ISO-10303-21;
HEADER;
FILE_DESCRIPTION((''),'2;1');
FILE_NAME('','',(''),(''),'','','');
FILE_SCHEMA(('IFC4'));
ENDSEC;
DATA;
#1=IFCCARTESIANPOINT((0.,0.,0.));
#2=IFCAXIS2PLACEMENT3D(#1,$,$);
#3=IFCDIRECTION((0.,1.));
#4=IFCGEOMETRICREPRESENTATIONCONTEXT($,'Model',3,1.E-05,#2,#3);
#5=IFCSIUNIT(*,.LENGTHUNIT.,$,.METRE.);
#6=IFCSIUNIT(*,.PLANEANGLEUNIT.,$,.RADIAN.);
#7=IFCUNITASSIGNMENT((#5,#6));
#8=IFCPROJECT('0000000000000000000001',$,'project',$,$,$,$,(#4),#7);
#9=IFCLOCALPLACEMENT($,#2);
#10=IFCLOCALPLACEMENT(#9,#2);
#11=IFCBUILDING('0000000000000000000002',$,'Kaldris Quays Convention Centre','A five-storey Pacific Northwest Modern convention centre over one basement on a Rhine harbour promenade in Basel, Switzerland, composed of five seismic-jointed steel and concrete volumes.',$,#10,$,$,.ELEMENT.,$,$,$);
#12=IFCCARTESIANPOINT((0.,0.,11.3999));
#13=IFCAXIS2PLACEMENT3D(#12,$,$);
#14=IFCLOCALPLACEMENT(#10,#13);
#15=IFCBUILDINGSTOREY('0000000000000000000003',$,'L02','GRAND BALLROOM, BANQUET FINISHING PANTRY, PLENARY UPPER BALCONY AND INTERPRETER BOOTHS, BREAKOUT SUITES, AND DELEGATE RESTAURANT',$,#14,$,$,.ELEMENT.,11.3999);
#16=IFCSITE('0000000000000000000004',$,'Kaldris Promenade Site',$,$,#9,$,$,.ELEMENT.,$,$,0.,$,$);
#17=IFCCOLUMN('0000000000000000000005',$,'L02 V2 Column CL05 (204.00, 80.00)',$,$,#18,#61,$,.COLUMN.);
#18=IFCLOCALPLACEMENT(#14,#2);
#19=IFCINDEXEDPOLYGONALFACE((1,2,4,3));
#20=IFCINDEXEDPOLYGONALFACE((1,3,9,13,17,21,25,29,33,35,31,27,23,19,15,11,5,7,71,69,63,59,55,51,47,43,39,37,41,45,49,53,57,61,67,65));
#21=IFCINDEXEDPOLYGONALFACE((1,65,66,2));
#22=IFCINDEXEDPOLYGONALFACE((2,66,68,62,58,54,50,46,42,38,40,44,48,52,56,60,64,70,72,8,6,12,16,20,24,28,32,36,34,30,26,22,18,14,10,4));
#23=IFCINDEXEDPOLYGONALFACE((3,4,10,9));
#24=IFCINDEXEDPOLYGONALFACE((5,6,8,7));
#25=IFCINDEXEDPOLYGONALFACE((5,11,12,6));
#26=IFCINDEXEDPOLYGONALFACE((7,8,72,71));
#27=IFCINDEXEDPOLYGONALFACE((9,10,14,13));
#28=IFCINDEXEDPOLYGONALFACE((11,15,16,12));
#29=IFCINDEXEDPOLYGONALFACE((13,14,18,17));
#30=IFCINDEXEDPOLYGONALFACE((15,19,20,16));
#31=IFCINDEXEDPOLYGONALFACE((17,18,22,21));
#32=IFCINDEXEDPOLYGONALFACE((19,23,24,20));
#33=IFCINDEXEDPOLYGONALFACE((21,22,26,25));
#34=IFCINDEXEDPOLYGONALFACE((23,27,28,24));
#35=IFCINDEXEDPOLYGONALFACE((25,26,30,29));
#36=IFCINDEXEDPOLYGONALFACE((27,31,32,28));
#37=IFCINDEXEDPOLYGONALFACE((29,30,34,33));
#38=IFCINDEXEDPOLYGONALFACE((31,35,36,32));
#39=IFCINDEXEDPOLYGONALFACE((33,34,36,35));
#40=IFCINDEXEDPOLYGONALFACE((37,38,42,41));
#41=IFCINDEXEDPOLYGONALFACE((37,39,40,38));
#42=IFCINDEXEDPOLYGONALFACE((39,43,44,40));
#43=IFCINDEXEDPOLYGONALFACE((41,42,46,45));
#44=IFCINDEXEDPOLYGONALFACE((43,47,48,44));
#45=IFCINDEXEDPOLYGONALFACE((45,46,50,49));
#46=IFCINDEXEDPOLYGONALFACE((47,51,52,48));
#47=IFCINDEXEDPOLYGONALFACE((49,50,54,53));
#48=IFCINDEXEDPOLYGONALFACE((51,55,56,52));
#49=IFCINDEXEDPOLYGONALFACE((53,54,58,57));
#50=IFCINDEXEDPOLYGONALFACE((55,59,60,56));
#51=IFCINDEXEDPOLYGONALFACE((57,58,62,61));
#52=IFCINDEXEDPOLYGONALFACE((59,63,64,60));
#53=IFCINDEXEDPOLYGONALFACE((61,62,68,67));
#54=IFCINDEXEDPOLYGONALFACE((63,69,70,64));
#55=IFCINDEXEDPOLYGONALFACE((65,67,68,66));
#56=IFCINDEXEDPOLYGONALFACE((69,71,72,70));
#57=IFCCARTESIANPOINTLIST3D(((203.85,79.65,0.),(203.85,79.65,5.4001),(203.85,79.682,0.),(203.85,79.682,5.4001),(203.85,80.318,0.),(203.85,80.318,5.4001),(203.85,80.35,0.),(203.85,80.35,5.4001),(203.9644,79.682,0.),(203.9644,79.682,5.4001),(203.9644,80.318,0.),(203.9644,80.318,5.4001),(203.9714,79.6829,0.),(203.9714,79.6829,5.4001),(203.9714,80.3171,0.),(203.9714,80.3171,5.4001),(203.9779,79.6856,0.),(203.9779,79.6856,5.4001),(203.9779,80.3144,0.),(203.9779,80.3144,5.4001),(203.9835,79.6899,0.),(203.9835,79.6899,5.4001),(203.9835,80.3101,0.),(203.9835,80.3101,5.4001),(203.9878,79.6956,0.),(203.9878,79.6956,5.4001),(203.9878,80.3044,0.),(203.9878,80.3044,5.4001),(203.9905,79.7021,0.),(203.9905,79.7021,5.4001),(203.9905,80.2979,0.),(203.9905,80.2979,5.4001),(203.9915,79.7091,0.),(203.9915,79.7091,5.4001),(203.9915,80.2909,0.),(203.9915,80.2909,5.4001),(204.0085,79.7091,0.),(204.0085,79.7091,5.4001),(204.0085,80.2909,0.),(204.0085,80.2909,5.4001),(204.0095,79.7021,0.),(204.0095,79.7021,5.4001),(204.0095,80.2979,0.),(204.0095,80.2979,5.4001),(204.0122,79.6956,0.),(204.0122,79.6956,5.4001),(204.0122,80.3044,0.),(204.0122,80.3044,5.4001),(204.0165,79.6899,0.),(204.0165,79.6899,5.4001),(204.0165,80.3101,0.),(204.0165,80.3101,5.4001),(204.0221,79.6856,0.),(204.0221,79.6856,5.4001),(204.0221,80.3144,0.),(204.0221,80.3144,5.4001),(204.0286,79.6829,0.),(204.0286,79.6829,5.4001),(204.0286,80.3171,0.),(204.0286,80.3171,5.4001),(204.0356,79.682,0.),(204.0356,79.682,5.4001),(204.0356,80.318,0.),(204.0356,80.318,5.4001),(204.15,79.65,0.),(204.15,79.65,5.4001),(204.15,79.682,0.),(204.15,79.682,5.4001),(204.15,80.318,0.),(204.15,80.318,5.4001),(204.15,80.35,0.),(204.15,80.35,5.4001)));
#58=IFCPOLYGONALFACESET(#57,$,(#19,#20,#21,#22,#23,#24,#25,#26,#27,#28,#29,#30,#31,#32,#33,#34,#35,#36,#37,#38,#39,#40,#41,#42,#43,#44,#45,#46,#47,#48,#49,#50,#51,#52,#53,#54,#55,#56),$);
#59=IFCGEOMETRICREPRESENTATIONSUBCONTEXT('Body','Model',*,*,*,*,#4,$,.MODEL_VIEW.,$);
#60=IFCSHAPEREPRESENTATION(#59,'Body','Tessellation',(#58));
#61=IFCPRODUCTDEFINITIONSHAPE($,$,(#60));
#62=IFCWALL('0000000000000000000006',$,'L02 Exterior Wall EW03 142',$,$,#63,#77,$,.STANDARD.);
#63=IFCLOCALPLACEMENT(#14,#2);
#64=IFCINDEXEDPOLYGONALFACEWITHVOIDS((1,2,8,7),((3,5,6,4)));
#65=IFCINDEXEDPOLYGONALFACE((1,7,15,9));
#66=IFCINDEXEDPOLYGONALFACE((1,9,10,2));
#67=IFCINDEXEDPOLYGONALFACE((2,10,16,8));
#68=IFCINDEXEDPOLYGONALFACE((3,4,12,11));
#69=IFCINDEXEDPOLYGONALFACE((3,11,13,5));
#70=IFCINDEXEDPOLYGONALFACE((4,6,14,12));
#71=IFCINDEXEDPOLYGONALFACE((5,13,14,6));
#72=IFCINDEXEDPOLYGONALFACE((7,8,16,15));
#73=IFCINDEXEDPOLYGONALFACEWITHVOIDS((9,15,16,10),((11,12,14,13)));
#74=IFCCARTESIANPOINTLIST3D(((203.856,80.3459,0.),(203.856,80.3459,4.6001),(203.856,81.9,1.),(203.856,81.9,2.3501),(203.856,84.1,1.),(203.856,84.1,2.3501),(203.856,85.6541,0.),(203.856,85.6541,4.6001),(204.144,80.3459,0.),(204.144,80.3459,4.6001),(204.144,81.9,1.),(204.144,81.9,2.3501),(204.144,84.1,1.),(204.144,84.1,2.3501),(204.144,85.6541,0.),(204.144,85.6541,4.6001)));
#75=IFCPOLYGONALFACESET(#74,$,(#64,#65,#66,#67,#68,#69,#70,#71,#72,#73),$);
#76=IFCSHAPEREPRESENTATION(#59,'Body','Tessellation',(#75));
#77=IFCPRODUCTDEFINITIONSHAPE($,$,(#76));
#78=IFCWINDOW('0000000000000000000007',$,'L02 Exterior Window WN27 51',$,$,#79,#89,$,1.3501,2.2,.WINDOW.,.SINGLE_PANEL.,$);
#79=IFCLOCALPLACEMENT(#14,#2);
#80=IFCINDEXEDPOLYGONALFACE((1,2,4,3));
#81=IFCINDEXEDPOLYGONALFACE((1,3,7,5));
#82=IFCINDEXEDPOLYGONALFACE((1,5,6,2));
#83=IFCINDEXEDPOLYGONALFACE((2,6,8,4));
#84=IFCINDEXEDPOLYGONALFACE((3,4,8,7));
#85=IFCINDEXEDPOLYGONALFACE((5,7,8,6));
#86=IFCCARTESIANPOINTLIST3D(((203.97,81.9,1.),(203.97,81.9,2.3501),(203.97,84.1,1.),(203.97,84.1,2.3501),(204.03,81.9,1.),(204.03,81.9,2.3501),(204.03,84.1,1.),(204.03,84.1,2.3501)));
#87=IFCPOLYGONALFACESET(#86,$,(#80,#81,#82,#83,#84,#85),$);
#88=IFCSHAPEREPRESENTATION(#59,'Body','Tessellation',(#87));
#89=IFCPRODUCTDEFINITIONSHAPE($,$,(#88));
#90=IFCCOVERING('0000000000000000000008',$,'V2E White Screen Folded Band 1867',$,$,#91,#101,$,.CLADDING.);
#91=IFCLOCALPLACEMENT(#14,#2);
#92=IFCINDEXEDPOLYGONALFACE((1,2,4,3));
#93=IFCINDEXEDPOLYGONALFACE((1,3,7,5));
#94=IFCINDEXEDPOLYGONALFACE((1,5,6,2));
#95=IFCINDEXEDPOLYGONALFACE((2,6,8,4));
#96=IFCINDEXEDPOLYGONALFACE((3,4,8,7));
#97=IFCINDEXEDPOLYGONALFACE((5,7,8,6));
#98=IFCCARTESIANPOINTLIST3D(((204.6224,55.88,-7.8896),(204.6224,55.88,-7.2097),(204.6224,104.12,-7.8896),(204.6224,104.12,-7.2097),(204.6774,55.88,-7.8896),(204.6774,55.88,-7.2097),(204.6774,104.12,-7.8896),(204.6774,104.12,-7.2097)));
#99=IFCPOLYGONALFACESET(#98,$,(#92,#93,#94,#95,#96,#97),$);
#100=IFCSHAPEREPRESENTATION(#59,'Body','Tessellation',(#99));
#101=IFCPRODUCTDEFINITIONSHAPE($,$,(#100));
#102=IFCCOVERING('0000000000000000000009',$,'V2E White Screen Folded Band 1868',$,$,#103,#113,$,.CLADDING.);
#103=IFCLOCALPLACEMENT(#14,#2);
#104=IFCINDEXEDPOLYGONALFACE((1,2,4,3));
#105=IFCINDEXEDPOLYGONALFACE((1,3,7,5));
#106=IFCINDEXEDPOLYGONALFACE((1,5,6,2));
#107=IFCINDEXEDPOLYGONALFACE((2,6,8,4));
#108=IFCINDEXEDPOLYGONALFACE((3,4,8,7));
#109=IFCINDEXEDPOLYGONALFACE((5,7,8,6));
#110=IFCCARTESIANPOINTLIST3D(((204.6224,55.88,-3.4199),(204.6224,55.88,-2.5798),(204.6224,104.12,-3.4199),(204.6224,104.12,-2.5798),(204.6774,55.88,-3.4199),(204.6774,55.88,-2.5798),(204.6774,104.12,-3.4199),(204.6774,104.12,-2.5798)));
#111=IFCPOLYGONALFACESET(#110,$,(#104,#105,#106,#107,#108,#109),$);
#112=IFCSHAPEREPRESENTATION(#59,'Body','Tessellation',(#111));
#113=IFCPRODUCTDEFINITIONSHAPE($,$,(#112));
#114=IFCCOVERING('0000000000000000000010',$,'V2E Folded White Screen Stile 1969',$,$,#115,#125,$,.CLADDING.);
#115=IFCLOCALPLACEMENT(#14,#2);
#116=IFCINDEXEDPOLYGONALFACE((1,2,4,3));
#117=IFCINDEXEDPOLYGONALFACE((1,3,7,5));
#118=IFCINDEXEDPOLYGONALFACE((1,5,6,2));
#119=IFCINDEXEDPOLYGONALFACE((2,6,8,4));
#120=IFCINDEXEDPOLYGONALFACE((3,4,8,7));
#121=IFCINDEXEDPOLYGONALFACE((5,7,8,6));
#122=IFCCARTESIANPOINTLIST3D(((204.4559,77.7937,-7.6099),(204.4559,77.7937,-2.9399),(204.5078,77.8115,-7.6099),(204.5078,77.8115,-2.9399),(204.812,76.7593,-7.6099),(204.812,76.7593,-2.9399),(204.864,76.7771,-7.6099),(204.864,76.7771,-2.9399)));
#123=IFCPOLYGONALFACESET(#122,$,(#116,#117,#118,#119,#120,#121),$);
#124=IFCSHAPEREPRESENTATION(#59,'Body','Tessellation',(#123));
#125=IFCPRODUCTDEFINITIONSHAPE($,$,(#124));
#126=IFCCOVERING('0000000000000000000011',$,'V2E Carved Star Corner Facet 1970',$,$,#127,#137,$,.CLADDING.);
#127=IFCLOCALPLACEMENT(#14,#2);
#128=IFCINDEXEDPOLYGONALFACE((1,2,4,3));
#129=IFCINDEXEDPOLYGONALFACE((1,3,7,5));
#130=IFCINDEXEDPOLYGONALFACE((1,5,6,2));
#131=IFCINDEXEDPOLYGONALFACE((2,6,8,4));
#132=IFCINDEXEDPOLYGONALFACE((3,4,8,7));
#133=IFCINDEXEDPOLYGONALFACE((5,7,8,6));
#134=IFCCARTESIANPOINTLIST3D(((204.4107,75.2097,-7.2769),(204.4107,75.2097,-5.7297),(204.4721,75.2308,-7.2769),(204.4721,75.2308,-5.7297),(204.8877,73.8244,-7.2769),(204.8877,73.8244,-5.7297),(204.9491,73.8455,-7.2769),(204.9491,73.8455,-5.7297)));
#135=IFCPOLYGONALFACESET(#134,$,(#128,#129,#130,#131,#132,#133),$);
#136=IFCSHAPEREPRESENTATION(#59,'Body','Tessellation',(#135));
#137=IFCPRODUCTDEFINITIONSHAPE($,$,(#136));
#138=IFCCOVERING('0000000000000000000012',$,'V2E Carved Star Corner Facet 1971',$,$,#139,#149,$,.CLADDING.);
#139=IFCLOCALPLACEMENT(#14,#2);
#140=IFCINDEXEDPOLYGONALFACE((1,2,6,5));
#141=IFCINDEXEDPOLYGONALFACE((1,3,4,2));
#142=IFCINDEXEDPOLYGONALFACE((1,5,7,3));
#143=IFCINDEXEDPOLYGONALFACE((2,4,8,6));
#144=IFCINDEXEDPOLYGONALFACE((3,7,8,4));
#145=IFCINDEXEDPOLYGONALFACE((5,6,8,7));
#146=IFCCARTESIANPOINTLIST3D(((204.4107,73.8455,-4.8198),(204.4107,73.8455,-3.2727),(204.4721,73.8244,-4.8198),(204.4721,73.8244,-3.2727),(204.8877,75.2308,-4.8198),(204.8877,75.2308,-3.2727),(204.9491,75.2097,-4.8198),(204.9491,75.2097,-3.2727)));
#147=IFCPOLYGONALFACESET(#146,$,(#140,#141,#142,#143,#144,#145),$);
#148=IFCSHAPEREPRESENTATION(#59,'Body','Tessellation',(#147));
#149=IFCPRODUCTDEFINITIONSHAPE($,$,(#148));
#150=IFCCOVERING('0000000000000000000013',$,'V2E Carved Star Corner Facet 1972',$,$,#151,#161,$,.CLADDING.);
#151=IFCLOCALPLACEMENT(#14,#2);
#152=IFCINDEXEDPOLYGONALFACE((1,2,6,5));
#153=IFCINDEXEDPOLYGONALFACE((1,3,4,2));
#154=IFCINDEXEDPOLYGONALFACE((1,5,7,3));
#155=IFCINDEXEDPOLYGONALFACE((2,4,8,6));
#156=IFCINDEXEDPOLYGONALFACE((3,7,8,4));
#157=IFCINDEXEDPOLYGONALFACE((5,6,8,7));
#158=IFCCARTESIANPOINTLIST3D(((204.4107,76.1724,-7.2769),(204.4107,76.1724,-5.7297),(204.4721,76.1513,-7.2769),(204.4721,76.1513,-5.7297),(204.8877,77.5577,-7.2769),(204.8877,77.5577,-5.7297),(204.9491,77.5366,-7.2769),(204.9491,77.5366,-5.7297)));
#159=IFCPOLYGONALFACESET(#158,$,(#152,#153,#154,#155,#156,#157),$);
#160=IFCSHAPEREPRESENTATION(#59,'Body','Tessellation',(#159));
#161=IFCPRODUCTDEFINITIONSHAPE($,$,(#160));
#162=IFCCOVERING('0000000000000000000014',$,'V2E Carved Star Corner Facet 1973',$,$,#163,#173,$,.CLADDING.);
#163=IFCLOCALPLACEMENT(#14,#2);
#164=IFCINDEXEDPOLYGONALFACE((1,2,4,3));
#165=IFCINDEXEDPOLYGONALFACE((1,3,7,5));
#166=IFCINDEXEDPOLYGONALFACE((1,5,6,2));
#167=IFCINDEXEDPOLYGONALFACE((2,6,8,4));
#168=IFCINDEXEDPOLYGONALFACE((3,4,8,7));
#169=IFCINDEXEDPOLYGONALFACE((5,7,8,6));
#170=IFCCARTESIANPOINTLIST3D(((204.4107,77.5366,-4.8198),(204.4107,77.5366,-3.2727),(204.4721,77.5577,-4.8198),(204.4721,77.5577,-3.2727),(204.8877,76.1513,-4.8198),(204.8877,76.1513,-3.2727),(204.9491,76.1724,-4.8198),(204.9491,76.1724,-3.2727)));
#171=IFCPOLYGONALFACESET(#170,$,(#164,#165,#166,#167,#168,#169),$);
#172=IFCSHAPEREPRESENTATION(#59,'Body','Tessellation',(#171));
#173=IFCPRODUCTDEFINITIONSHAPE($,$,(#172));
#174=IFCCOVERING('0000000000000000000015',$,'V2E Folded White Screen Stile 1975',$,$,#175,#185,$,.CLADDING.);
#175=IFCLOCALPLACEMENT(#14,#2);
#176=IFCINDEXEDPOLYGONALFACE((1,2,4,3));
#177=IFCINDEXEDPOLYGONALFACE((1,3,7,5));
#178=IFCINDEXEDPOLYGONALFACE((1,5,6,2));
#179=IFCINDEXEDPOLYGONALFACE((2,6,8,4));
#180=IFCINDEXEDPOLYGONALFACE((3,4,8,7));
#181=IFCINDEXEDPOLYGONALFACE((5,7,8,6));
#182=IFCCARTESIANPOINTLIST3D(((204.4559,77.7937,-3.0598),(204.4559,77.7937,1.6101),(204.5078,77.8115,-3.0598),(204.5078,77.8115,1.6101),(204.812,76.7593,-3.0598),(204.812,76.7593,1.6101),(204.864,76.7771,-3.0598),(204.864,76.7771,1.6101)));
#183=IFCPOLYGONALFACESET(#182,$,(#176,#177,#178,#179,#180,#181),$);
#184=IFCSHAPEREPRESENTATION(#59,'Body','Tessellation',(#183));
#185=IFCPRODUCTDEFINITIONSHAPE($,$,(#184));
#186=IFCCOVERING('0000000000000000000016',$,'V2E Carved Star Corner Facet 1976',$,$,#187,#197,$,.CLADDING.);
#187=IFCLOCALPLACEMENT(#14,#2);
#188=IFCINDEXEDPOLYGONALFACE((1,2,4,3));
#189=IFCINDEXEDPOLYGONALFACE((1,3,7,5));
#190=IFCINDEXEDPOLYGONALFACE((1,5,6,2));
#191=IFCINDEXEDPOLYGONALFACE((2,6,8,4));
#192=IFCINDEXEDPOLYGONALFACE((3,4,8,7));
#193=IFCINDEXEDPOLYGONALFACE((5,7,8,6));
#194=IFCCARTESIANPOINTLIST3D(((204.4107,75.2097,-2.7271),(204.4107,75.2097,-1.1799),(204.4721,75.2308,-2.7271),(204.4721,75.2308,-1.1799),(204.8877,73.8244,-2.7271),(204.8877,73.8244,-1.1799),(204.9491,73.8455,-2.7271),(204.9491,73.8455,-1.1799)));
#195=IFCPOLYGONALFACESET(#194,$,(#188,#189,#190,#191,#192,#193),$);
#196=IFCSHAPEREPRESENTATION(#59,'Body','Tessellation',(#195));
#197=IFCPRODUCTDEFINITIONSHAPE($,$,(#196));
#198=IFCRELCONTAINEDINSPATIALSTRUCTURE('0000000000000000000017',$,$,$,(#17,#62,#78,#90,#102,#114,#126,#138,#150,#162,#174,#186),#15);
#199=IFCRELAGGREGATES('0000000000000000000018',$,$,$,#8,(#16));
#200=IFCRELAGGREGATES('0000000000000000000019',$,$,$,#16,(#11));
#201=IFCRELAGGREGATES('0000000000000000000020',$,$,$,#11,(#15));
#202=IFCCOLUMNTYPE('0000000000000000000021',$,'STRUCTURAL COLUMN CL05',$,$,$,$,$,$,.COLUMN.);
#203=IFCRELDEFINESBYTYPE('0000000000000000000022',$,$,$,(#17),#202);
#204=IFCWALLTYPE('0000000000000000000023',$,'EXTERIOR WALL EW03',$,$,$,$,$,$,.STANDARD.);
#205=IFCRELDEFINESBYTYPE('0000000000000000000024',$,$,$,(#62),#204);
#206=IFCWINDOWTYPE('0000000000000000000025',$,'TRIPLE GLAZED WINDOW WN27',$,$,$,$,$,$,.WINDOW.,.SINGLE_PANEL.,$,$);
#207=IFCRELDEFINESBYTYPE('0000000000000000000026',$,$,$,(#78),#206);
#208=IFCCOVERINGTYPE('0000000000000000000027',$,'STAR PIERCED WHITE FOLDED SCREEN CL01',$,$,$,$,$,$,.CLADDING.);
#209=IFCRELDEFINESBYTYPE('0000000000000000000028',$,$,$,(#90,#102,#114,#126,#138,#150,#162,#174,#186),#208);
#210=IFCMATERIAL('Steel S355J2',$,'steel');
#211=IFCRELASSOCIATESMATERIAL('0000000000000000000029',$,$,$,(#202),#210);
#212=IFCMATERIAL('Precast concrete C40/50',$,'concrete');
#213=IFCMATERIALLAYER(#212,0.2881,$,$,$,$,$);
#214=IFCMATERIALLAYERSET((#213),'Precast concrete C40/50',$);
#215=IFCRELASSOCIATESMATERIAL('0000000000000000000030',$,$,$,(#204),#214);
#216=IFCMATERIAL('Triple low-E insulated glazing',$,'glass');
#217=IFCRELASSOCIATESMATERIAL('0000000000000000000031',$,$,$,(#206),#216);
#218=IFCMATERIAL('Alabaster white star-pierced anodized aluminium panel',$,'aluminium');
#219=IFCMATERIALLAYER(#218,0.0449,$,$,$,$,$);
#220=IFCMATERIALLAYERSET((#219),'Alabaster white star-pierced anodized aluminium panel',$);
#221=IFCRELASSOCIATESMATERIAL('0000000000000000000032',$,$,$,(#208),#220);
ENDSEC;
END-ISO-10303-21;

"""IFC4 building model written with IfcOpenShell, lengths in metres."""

from ifc_helpers import new_model, si_unit, direction, frame, frame_2d, origin, origin_2d, place, context, subcontext, project, spatial, rectangle, i_section, extrude, material, layer, layer_set, material_profile, profile_set, type_object, element, fill, save


model = new_model("IFC4")

# Units and contexts
model_context = context("Model", 3, precision=1e-05, world=origin(), true_north=direction((0.0, 1.0)))
body_context = subcontext(model_context, "Body", "Model", "MODEL_VIEW")
ifc_project = project(units=[si_unit("LENGTHUNIT", "METRE"), si_unit("PLANEANGLEUNIT", "RADIAN")], contexts=[model_context])

# Site, building, storey
site_placement = place(None, origin())
site = spatial("IfcSite", under=ifc_project, at=site_placement, Name="Kaldris Promenade Site", CompositionType="ELEMENT", RefElevation=0.0)
building_placement = place(site_placement, origin())
building = spatial("IfcBuilding", under=site, at=building_placement, Name="Kaldris Quays Convention Centre", Description="A five-storey Pacific Northwest Modern convention centre over one basement on a Rhine harbour promenade in Basel, Switzerland, composed of five seismic-jointed steel and concrete volumes.", CompositionType="ELEMENT")
storey_placement = place(building_placement, frame((0.0, 0.0, 11.3999)))
storey = spatial("IfcBuildingStorey", under=building, at=storey_placement, Name="L02", Description="GRAND BALLROOM, BANQUET FINISHING PANTRY, PLENARY UPPER BALCONY AND INTERPRETER BOOTHS, BREAKOUT SUITES, AND DELEGATE RESTAURANT", CompositionType="ELEMENT", Elevation=11.3999)

# Column
ifc_material_1 = material(Name="Steel S355J2", Category="steel")
ifc_material_profile = material_profile(ifc_material_1, i_section(OverallWidth=0.3, OverallDepth=0.7, WebThickness=0.0171, FlangeThickness=0.032, FilletRadius=0.0271, at=origin_2d()), Name="HEB 700")
ifc_profile_set = profile_set([ifc_material_profile], Name="Steel S355J2")
column_type = type_object("IfcColumnType", Name="STRUCTURAL COLUMN CL05", PredefinedType="COLUMN", material=ifc_profile_set)
column_placement = place(storey_placement, frame((204.0, 80.0, 0.0), z_axis=(0.0, 0.0, 1.0), x_axis=(1.0, 0.0, 0.0)))
element("IfcColumn", 1, at=column_placement, inside=storey, type_object=column_type, Name="L02 V2 Column CL05 (204.00, 80.00)", PredefinedType="COLUMN", context=body_context, shape_type="SweptSolid", body=[
    extrude(i_section(OverallWidth=0.3, OverallDepth=0.7, WebThickness=0.0171, FlangeThickness=0.032, FilletRadius=0.0271, at=origin_2d()), origin(), (0.0, 0.0, 1.0), 5.4001),
])

# Wall, opening, window
ifc_material_2 = material(Name="Precast concrete C40/50", Category="concrete")
ifc_layer_1 = layer(ifc_material_2, 0.2881)
ifc_layer_set_1 = layer_set([ifc_layer_1], Name="Precast concrete C40/50")
wall_type = type_object("IfcWallType", Name="EXTERIOR WALL EW03", PredefinedType="STANDARD", material=ifc_layer_set_1)
wall_placement = place(storey_placement, frame((204.0, 80.3459, 0.0), z_axis=(0.0, 0.0, 1.0), x_axis=(0.0, 1.0, 0.0)))
wall = element("IfcWall", 2, at=wall_placement, inside=storey, type_object=wall_type, Name="L02 Exterior Wall EW03 142", PredefinedType="STANDARD", context=body_context, shape_type="SweptSolid", body=[
    extrude(rectangle(XDim=5.3081, YDim=0.2881, at=frame_2d((2.6541, 0.0))), origin(), (0.0, 0.0, 1.0), 4.6001),
])
opening_placement = place(wall_placement, frame((1.554, 0.0, 1.0)))
opening = element("IfcOpeningElement", 3, at=opening_placement, cuts=wall, PredefinedType="OPENING", context=body_context, shape_type="SweptSolid", body=[
    extrude(rectangle(XDim=2.2, YDim=1.3501, at=frame_2d((1.1001, 0.675))), frame((0.0, 0.1541, 0.0), z_axis=(0.0, -1.0, 0.0), x_axis=(1.0, 0.0, 0.0)), (0.0, 0.0, 1.0), 0.3081),
])
ifc_material_3 = material(Name="Triple low-E insulated glazing", Category="glass")
window_type = type_object("IfcWindowType", Name="TRIPLE GLAZED WINDOW WN27", PartitioningType="SINGLE_PANEL", PredefinedType="WINDOW", material=ifc_material_3)
window_placement = place(opening_placement, origin())
window = element("IfcWindow", 4, at=window_placement, inside=storey, type_object=window_type, Name="L02 Exterior Window WN27 51", OverallHeight=1.3501, OverallWidth=2.2, PartitioningType="SINGLE_PANEL", PredefinedType="WINDOW", context=body_context, shape_type="SweptSolid", body=[
    extrude(rectangle(XDim=2.2, YDim=1.3501, at=frame_2d((1.1001, 0.675))), frame((0.0, 0.03, 0.0), z_axis=(0.0, -1.0, 0.0), x_axis=(1.0, 0.0, 0.0)), (0.0, 0.0, 1.0), 0.0601),
])
fill(opening, window)

# Coverings
ifc_material_4 = material(Name="Alabaster white star-pierced anodized aluminium panel", Category="aluminium")
ifc_layer_2 = layer(ifc_material_4, 0.0449)
ifc_layer_set_2 = layer_set([ifc_layer_2], Name="Alabaster white star-pierced anodized aluminium panel")
covering_type = type_object("IfcCoveringType", Name="STAR PIERCED WHITE FOLDED SCREEN CL01", PredefinedType="CLADDING", material=ifc_layer_set_2)
covering_1_placement = place(storey_placement, frame((204.6499, 80.0, -7.8896), z_axis=(0.0, 0.0, 1.0), x_axis=(0.0, 1.0, 0.0)))
element("IfcCovering", 5, at=covering_1_placement, inside=storey, type_object=covering_type, Name="V2E White Screen Folded Band 1867", PredefinedType="CLADDING", context=body_context, shape_type="SweptSolid", body=[
    extrude(rectangle(XDim=48.24, YDim=0.0549, at=origin_2d()), origin(), (0.0, 0.0, 1.0), 0.6799),
])
covering_2_placement = place(storey_placement, frame((204.6499, 80.0, -3.4199), z_axis=(0.0, 0.0, 1.0), x_axis=(0.0, 1.0, 0.0)))
element("IfcCovering", 6, at=covering_2_placement, inside=storey, type_object=covering_type, Name="V2E White Screen Folded Band 1868", PredefinedType="CLADDING", context=body_context, shape_type="SweptSolid", body=[
    extrude(rectangle(XDim=48.24, YDim=0.0549, at=origin_2d()), origin(), (0.0, 0.0, 1.0), 0.8401),
])
covering_3_placement = place(storey_placement, frame((204.6599, 77.2854, -7.6099), z_axis=(0.0, 0.0, 1.0), x_axis=(-0.325568, 0.945519, 0.0)))
element("IfcCovering", 7, at=covering_3_placement, inside=storey, type_object=covering_type, Name="V2E Folded White Screen Stile 1969", PredefinedType="CLADDING", context=body_context, shape_type="SweptSolid", body=[
    extrude(rectangle(XDim=1.094, YDim=0.0549, at=origin_2d()), origin(), (0.0, 0.0, 1.0), 4.6699),
])
for number, where, z_axis, x_axis, name in (
    (8, (204.6799, 74.5276, -7.2769), (0.0, 0.0, 1.0), (-0.325568, 0.945519, 0.0), "V2E Carved Star Corner Facet 1970"),
    (9, (204.6799, 74.5276, -4.8198), (0.0, 0.0, 1.0), (0.325568, 0.945519, 0.0), "V2E Carved Star Corner Facet 1971"),
    (10, (204.6799, 76.8545, -7.2769), (0.0, 0.0, 1.0), (0.325568, 0.945519, 0.0), "V2E Carved Star Corner Facet 1972"),
    (11, (204.6799, 76.8545, -4.8198), (0.0, 0.0, 1.0), (-0.325568, 0.945519, 0.0), "V2E Carved Star Corner Facet 1973"),
):
    element("IfcCovering", number, at=place(storey_placement, frame(where, z_axis=z_axis, x_axis=x_axis)), inside=storey, type_object=covering_type, Name=name, PredefinedType="CLADDING", context=body_context, shape_type="SweptSolid", body=[
        extrude(rectangle(XDim=1.4651, YDim=0.0649, at=origin_2d()), origin(), (0.0, 0.0, 1.0), 1.5471),
    ])
covering_4_placement = place(storey_placement, frame((204.6599, 77.2854, -3.0598), z_axis=(0.0, 0.0, 1.0), x_axis=(-0.325568, 0.945519, 0.0)))
element("IfcCovering", 12, at=covering_4_placement, inside=storey, type_object=covering_type, Name="V2E Folded White Screen Stile 1975", PredefinedType="CLADDING", context=body_context, shape_type="SweptSolid", body=[
    extrude(rectangle(XDim=1.094, YDim=0.0549, at=origin_2d()), origin(), (0.0, 0.0, 1.0), 4.6699),
])
for number, where, z_axis, x_axis, name in (
    (13, (204.6799, 74.5276, -2.7271), (0.0, 0.0, 1.0), (-0.325568, 0.945519, 0.0), "V2E Carved Star Corner Facet 1976"),
):
    element("IfcCovering", number, at=place(storey_placement, frame(where, z_axis=z_axis, x_axis=x_axis)), inside=storey, type_object=covering_type, Name=name, PredefinedType="CLADDING", context=body_context, shape_type="SweptSolid", body=[
        extrude(rectangle(XDim=1.4651, YDim=0.0649, at=origin_2d()), origin(), (0.0, 0.0, 1.0), 1.5471),
    ])

save(model, "model.ifc")
